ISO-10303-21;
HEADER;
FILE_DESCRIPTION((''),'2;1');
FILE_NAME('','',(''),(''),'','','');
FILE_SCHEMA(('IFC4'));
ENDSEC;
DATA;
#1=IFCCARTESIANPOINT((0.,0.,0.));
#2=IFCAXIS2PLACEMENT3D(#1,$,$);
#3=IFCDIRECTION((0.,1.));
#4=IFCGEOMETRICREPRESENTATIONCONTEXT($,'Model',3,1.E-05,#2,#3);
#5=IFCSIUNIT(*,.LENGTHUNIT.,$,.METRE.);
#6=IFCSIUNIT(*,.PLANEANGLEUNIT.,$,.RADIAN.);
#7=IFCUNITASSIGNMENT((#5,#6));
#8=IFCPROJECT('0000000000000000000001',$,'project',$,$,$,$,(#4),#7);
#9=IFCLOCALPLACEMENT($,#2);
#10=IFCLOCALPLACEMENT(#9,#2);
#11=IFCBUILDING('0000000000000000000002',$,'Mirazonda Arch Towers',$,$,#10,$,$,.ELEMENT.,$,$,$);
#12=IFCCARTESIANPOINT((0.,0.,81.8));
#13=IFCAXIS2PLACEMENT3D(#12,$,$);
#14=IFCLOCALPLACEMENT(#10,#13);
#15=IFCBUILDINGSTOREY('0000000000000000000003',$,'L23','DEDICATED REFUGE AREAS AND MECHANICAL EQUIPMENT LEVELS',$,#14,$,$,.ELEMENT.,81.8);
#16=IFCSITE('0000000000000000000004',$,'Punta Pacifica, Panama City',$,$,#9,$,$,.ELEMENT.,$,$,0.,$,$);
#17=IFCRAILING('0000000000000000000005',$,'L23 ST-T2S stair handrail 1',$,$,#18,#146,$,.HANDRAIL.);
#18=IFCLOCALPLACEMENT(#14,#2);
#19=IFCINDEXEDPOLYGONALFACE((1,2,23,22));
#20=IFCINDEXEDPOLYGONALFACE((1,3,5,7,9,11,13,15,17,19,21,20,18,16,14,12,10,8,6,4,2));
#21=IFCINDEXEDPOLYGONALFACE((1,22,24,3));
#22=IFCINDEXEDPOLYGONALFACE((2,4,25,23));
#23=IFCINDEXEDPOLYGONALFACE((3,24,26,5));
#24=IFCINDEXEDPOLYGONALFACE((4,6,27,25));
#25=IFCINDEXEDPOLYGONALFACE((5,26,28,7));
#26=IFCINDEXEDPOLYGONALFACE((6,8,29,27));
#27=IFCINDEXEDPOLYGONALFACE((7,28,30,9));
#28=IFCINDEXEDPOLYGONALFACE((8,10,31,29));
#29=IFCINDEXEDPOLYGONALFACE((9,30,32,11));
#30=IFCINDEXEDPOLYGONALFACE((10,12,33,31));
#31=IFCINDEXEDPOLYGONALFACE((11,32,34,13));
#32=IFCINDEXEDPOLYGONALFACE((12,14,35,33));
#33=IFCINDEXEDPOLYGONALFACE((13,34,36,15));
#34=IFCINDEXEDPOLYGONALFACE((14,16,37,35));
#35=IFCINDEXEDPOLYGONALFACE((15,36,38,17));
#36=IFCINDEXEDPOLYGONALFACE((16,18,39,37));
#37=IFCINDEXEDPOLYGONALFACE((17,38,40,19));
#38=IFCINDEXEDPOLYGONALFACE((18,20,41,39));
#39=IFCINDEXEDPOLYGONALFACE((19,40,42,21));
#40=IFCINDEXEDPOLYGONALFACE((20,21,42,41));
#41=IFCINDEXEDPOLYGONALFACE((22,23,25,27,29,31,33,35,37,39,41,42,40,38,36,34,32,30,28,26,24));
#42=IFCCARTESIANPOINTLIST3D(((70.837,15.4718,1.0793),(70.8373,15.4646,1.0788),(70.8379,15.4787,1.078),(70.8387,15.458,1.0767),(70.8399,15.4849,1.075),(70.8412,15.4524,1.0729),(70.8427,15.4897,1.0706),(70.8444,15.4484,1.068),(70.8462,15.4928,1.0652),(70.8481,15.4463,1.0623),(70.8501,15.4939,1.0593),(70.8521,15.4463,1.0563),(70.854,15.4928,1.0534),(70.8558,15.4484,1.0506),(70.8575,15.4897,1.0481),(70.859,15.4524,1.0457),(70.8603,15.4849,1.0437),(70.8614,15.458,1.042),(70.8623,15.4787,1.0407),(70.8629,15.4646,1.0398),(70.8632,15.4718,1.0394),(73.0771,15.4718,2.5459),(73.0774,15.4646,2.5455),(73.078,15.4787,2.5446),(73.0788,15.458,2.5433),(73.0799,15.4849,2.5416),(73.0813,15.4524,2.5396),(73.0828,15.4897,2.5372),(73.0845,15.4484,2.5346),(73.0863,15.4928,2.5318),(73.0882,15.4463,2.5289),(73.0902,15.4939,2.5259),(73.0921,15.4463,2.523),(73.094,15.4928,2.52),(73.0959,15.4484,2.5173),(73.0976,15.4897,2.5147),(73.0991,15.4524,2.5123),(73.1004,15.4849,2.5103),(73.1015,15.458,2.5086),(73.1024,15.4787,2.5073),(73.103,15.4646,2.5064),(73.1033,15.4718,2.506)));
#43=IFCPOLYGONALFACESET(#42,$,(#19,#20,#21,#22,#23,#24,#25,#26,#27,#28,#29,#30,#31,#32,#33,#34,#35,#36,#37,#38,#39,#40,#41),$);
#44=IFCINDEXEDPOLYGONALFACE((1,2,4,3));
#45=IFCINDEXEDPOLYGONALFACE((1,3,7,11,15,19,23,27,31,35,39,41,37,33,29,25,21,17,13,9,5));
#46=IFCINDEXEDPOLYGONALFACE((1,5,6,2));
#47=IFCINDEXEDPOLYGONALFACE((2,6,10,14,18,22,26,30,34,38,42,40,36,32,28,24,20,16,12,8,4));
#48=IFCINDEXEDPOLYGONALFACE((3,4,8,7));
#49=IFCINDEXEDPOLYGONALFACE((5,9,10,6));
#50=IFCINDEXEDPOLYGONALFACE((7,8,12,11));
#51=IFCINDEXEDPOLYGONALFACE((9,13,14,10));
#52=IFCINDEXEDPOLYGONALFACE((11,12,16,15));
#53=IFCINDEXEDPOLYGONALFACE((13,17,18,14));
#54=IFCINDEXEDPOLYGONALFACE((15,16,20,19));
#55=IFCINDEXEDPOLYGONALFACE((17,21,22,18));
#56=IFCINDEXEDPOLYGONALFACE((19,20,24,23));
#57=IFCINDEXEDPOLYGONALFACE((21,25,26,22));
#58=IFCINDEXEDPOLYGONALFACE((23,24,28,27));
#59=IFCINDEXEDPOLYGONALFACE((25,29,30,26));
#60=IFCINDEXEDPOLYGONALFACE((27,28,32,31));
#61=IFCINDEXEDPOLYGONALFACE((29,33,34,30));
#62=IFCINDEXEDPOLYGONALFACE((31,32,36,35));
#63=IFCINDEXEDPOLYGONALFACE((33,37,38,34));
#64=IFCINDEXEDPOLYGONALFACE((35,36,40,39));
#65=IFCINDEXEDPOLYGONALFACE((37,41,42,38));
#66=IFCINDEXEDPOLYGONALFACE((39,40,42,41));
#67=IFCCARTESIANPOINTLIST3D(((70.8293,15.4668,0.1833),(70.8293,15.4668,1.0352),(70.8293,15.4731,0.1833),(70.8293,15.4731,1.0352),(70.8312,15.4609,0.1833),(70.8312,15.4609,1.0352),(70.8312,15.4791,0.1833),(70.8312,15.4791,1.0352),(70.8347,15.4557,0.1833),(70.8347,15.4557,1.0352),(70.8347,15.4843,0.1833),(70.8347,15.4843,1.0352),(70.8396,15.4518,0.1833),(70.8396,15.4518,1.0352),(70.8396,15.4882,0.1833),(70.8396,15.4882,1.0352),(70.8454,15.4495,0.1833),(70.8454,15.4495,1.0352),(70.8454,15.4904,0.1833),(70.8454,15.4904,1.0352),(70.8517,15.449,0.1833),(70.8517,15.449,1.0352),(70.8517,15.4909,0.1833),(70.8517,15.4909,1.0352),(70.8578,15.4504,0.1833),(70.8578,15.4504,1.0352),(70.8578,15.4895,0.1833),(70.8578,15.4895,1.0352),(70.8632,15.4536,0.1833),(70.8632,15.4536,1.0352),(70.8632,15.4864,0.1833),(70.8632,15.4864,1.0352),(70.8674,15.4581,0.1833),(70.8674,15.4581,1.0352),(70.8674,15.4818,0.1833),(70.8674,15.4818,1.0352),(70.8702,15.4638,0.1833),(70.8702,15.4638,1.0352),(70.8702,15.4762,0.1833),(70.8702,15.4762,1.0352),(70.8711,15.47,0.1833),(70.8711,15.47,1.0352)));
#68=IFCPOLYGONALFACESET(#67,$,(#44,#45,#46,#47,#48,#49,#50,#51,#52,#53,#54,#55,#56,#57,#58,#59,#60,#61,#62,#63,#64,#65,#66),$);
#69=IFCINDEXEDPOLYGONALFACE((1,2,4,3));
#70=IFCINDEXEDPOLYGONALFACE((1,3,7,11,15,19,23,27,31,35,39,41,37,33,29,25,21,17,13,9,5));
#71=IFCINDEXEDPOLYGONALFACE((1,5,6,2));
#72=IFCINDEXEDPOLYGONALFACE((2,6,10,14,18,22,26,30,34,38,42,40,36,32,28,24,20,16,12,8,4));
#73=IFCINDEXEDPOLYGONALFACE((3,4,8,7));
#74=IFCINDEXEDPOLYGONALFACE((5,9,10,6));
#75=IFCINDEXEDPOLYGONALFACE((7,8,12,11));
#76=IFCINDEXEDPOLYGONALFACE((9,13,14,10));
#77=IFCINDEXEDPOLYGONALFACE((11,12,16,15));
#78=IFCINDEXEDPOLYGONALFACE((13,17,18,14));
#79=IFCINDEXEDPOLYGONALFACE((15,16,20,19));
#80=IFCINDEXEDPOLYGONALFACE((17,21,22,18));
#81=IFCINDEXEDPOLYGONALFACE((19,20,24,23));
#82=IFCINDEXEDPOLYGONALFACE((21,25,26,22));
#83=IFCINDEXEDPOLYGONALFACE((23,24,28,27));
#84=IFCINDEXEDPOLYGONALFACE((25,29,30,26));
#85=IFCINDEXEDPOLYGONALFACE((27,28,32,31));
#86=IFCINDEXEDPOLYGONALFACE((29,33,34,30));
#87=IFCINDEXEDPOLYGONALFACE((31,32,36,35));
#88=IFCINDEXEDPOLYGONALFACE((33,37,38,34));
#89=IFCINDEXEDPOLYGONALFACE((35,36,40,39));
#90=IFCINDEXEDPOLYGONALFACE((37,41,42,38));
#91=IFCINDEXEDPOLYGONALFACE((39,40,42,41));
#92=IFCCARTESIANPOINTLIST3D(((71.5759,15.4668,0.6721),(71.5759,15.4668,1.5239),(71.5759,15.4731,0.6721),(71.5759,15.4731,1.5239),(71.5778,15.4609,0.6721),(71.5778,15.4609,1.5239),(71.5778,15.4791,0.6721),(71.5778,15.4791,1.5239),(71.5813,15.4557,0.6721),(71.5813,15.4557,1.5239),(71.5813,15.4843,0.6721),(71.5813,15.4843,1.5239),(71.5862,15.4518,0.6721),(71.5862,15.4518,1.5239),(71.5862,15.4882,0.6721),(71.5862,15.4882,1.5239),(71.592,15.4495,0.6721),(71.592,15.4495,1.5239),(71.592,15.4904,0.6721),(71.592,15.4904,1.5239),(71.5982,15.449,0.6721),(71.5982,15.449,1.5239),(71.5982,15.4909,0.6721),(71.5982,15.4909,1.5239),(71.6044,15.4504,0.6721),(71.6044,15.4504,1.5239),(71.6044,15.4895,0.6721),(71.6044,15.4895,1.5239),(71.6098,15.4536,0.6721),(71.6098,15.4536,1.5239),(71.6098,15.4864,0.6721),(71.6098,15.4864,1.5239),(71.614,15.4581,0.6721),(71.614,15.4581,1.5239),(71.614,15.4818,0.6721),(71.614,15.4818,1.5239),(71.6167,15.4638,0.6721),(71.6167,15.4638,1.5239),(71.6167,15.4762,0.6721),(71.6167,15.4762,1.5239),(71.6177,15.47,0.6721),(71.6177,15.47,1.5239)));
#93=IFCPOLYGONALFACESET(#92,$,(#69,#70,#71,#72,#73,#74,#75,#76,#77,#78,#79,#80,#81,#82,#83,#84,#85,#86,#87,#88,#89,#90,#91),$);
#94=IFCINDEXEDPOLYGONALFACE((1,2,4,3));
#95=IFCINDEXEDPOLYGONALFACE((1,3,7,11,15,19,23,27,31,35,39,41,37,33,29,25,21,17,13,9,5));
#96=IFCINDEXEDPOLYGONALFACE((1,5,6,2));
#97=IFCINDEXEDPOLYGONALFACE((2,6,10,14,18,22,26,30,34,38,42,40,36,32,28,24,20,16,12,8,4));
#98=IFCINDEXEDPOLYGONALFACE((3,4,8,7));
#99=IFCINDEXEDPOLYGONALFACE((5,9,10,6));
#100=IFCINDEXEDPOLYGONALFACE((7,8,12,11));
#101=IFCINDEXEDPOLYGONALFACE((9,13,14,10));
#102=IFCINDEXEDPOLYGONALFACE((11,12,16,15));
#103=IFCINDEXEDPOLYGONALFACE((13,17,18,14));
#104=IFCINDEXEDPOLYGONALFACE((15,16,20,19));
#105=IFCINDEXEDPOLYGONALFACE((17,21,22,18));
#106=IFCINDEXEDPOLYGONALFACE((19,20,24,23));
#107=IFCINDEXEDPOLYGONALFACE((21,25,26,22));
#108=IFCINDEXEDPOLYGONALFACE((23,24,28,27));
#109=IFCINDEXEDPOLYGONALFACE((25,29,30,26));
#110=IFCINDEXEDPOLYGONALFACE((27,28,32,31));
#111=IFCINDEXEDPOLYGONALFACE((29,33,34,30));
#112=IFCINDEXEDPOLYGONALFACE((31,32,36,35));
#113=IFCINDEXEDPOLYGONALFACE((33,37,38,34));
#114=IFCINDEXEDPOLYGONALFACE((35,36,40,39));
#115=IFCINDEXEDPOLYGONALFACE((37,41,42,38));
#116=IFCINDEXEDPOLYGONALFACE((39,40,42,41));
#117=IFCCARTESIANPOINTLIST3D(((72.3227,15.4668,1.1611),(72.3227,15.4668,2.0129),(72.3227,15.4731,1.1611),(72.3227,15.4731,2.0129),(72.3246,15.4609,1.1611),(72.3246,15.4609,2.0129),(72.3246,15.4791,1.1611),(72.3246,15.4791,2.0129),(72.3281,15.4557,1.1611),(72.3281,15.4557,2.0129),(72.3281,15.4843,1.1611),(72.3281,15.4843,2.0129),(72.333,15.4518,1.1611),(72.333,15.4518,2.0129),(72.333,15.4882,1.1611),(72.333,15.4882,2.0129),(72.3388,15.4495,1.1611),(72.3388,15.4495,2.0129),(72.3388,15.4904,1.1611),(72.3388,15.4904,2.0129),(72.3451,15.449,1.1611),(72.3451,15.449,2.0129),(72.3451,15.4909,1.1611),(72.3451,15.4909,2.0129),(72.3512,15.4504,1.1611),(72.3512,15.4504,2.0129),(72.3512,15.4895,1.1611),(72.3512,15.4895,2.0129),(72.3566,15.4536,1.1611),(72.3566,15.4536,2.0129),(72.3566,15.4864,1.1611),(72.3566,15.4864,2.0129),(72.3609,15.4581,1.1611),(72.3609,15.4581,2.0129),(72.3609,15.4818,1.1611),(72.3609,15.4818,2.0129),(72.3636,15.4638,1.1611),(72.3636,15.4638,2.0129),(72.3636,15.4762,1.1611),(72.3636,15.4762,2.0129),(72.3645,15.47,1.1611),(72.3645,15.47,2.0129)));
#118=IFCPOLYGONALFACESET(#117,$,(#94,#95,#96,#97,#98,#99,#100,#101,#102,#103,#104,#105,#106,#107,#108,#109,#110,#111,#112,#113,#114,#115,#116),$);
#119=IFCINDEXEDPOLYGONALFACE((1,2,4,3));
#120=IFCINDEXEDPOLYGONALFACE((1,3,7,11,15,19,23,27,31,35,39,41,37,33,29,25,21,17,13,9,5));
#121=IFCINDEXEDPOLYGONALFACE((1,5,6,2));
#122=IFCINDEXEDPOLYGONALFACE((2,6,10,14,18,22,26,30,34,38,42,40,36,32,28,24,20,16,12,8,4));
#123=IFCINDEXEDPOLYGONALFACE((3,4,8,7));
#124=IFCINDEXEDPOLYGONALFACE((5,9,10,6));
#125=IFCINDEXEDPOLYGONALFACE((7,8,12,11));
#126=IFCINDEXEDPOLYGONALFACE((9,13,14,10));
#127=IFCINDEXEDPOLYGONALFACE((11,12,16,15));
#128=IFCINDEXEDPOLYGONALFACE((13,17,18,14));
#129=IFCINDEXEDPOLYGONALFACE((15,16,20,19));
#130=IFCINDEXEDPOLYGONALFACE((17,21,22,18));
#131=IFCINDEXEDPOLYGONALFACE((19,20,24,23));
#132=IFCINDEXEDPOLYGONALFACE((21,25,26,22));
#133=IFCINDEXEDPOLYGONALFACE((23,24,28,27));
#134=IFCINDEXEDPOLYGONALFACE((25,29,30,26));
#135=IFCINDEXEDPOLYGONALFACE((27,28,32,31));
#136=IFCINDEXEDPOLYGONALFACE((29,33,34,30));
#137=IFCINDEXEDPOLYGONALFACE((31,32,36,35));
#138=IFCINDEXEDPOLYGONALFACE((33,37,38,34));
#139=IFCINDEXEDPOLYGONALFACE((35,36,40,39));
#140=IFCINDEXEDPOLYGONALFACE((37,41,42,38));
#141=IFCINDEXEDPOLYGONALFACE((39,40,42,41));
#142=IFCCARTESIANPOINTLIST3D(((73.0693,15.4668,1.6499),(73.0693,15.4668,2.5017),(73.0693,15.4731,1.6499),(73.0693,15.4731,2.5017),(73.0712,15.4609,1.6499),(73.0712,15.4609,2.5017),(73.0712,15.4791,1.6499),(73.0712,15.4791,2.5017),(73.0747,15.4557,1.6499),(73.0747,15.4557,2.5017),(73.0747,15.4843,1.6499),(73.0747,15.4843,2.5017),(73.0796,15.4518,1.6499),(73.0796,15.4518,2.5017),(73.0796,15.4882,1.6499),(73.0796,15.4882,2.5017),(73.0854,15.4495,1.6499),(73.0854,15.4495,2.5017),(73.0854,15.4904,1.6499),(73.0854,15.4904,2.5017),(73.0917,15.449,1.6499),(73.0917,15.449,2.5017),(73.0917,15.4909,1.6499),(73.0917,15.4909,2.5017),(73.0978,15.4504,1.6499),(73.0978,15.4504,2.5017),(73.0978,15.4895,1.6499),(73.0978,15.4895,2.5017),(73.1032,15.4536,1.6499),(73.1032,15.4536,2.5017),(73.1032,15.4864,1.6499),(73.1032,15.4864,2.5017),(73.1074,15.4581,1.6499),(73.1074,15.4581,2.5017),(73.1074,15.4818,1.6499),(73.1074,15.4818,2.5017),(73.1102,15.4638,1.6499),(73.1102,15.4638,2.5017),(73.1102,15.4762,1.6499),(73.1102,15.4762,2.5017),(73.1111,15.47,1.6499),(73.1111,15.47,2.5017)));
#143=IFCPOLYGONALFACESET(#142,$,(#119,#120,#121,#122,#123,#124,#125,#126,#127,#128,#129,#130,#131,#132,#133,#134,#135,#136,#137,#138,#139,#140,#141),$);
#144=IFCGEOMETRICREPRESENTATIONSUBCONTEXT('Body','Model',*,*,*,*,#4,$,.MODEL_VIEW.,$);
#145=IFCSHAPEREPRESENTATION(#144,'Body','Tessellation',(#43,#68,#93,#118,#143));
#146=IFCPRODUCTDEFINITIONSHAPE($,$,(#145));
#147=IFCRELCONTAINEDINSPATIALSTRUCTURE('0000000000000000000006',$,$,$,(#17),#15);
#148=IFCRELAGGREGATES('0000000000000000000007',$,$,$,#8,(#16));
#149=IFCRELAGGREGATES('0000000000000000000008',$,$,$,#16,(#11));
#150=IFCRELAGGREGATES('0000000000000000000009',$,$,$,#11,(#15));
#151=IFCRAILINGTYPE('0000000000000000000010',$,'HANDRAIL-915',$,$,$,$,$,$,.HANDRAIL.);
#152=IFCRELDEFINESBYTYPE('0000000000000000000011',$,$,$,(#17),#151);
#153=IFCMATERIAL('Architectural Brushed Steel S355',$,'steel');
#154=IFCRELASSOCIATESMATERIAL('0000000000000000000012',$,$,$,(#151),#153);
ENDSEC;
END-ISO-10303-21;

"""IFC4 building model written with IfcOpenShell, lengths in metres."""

from ifc_helpers import new_model, si_unit, direction, frame, origin, origin_2d, place, context, subcontext, project, spatial, circle, extrude, material, type_object, element, save


model = new_model("IFC4")

# Units and contexts
model_context = context("Model", 3, precision=1e-05, world=origin(), true_north=direction((0.0, 1.0)))
body_context = subcontext(model_context, "Body", "Model", "MODEL_VIEW")
ifc_project = project(units=[si_unit("LENGTHUNIT", "METRE"), si_unit("PLANEANGLEUNIT", "RADIAN")], contexts=[model_context])

# Site, building, storey
site_placement = place(None, origin())
site = spatial("IfcSite", under=ifc_project, at=site_placement, Name="Punta Pacifica, Panama City", CompositionType="ELEMENT", RefElevation=0.0)
building_placement = place(site_placement, origin())
building = spatial("IfcBuilding", under=site, at=building_placement, Name="Mirazonda Arch Towers", CompositionType="ELEMENT")
storey_placement = place(building_placement, frame((0.0, 0.0, 81.8)))
storey = spatial("IfcBuildingStorey", under=building, at=storey_placement, Name="L23", Description="DEDICATED REFUGE AREAS AND MECHANICAL EQUIPMENT LEVELS", CompositionType="ELEMENT", Elevation=81.8)

# Shared definitions
ifc_material_1 = material(Name="Architectural Brushed Steel S355", Category="steel")

# Railing
railing_type_1 = type_object("IfcRailingType", Name="HANDRAIL-915", PredefinedType="HANDRAIL", material=ifc_material_1)
railing_1_placement = place(storey_placement, frame((70.8501, 15.47, 0.1833)))
element("IfcRailing", 1, at=railing_1_placement, inside=storey, type_object=railing_type_1, Name="L23 ST-T2S stair handrail 1", PredefinedType="HANDRAIL", context=body_context, shape_type="SweptSolid", body=[
    extrude(circle(Radius=0.0239, at=origin_2d()), frame((0.0, 0.0, 0.876), z_axis=(0.836637, 0.0, 0.547758), x_axis=(0.0, 1.0, 0.0)), (0.0, 0.0, 1.0), 2.6775),
    extrude(circle(Radius=0.021, at=origin_2d()), origin(), (0.0, 0.0, 1.0), 0.8518),
    extrude(circle(Radius=0.021, at=origin_2d()), frame((0.7466, 0.0, 0.4888)), (0.0, 0.0, 1.0), 0.8518),
    extrude(circle(Radius=0.021, at=origin_2d()), frame((1.4934, 0.0, 0.9778)), (0.0, 0.0, 1.0), 0.8518),
    extrude(circle(Radius=0.021, at=origin_2d()), frame((2.24, 0.0, 1.4666)), (0.0, 0.0, 1.0), 0.8518),
])

save(model, "model.ifc")
